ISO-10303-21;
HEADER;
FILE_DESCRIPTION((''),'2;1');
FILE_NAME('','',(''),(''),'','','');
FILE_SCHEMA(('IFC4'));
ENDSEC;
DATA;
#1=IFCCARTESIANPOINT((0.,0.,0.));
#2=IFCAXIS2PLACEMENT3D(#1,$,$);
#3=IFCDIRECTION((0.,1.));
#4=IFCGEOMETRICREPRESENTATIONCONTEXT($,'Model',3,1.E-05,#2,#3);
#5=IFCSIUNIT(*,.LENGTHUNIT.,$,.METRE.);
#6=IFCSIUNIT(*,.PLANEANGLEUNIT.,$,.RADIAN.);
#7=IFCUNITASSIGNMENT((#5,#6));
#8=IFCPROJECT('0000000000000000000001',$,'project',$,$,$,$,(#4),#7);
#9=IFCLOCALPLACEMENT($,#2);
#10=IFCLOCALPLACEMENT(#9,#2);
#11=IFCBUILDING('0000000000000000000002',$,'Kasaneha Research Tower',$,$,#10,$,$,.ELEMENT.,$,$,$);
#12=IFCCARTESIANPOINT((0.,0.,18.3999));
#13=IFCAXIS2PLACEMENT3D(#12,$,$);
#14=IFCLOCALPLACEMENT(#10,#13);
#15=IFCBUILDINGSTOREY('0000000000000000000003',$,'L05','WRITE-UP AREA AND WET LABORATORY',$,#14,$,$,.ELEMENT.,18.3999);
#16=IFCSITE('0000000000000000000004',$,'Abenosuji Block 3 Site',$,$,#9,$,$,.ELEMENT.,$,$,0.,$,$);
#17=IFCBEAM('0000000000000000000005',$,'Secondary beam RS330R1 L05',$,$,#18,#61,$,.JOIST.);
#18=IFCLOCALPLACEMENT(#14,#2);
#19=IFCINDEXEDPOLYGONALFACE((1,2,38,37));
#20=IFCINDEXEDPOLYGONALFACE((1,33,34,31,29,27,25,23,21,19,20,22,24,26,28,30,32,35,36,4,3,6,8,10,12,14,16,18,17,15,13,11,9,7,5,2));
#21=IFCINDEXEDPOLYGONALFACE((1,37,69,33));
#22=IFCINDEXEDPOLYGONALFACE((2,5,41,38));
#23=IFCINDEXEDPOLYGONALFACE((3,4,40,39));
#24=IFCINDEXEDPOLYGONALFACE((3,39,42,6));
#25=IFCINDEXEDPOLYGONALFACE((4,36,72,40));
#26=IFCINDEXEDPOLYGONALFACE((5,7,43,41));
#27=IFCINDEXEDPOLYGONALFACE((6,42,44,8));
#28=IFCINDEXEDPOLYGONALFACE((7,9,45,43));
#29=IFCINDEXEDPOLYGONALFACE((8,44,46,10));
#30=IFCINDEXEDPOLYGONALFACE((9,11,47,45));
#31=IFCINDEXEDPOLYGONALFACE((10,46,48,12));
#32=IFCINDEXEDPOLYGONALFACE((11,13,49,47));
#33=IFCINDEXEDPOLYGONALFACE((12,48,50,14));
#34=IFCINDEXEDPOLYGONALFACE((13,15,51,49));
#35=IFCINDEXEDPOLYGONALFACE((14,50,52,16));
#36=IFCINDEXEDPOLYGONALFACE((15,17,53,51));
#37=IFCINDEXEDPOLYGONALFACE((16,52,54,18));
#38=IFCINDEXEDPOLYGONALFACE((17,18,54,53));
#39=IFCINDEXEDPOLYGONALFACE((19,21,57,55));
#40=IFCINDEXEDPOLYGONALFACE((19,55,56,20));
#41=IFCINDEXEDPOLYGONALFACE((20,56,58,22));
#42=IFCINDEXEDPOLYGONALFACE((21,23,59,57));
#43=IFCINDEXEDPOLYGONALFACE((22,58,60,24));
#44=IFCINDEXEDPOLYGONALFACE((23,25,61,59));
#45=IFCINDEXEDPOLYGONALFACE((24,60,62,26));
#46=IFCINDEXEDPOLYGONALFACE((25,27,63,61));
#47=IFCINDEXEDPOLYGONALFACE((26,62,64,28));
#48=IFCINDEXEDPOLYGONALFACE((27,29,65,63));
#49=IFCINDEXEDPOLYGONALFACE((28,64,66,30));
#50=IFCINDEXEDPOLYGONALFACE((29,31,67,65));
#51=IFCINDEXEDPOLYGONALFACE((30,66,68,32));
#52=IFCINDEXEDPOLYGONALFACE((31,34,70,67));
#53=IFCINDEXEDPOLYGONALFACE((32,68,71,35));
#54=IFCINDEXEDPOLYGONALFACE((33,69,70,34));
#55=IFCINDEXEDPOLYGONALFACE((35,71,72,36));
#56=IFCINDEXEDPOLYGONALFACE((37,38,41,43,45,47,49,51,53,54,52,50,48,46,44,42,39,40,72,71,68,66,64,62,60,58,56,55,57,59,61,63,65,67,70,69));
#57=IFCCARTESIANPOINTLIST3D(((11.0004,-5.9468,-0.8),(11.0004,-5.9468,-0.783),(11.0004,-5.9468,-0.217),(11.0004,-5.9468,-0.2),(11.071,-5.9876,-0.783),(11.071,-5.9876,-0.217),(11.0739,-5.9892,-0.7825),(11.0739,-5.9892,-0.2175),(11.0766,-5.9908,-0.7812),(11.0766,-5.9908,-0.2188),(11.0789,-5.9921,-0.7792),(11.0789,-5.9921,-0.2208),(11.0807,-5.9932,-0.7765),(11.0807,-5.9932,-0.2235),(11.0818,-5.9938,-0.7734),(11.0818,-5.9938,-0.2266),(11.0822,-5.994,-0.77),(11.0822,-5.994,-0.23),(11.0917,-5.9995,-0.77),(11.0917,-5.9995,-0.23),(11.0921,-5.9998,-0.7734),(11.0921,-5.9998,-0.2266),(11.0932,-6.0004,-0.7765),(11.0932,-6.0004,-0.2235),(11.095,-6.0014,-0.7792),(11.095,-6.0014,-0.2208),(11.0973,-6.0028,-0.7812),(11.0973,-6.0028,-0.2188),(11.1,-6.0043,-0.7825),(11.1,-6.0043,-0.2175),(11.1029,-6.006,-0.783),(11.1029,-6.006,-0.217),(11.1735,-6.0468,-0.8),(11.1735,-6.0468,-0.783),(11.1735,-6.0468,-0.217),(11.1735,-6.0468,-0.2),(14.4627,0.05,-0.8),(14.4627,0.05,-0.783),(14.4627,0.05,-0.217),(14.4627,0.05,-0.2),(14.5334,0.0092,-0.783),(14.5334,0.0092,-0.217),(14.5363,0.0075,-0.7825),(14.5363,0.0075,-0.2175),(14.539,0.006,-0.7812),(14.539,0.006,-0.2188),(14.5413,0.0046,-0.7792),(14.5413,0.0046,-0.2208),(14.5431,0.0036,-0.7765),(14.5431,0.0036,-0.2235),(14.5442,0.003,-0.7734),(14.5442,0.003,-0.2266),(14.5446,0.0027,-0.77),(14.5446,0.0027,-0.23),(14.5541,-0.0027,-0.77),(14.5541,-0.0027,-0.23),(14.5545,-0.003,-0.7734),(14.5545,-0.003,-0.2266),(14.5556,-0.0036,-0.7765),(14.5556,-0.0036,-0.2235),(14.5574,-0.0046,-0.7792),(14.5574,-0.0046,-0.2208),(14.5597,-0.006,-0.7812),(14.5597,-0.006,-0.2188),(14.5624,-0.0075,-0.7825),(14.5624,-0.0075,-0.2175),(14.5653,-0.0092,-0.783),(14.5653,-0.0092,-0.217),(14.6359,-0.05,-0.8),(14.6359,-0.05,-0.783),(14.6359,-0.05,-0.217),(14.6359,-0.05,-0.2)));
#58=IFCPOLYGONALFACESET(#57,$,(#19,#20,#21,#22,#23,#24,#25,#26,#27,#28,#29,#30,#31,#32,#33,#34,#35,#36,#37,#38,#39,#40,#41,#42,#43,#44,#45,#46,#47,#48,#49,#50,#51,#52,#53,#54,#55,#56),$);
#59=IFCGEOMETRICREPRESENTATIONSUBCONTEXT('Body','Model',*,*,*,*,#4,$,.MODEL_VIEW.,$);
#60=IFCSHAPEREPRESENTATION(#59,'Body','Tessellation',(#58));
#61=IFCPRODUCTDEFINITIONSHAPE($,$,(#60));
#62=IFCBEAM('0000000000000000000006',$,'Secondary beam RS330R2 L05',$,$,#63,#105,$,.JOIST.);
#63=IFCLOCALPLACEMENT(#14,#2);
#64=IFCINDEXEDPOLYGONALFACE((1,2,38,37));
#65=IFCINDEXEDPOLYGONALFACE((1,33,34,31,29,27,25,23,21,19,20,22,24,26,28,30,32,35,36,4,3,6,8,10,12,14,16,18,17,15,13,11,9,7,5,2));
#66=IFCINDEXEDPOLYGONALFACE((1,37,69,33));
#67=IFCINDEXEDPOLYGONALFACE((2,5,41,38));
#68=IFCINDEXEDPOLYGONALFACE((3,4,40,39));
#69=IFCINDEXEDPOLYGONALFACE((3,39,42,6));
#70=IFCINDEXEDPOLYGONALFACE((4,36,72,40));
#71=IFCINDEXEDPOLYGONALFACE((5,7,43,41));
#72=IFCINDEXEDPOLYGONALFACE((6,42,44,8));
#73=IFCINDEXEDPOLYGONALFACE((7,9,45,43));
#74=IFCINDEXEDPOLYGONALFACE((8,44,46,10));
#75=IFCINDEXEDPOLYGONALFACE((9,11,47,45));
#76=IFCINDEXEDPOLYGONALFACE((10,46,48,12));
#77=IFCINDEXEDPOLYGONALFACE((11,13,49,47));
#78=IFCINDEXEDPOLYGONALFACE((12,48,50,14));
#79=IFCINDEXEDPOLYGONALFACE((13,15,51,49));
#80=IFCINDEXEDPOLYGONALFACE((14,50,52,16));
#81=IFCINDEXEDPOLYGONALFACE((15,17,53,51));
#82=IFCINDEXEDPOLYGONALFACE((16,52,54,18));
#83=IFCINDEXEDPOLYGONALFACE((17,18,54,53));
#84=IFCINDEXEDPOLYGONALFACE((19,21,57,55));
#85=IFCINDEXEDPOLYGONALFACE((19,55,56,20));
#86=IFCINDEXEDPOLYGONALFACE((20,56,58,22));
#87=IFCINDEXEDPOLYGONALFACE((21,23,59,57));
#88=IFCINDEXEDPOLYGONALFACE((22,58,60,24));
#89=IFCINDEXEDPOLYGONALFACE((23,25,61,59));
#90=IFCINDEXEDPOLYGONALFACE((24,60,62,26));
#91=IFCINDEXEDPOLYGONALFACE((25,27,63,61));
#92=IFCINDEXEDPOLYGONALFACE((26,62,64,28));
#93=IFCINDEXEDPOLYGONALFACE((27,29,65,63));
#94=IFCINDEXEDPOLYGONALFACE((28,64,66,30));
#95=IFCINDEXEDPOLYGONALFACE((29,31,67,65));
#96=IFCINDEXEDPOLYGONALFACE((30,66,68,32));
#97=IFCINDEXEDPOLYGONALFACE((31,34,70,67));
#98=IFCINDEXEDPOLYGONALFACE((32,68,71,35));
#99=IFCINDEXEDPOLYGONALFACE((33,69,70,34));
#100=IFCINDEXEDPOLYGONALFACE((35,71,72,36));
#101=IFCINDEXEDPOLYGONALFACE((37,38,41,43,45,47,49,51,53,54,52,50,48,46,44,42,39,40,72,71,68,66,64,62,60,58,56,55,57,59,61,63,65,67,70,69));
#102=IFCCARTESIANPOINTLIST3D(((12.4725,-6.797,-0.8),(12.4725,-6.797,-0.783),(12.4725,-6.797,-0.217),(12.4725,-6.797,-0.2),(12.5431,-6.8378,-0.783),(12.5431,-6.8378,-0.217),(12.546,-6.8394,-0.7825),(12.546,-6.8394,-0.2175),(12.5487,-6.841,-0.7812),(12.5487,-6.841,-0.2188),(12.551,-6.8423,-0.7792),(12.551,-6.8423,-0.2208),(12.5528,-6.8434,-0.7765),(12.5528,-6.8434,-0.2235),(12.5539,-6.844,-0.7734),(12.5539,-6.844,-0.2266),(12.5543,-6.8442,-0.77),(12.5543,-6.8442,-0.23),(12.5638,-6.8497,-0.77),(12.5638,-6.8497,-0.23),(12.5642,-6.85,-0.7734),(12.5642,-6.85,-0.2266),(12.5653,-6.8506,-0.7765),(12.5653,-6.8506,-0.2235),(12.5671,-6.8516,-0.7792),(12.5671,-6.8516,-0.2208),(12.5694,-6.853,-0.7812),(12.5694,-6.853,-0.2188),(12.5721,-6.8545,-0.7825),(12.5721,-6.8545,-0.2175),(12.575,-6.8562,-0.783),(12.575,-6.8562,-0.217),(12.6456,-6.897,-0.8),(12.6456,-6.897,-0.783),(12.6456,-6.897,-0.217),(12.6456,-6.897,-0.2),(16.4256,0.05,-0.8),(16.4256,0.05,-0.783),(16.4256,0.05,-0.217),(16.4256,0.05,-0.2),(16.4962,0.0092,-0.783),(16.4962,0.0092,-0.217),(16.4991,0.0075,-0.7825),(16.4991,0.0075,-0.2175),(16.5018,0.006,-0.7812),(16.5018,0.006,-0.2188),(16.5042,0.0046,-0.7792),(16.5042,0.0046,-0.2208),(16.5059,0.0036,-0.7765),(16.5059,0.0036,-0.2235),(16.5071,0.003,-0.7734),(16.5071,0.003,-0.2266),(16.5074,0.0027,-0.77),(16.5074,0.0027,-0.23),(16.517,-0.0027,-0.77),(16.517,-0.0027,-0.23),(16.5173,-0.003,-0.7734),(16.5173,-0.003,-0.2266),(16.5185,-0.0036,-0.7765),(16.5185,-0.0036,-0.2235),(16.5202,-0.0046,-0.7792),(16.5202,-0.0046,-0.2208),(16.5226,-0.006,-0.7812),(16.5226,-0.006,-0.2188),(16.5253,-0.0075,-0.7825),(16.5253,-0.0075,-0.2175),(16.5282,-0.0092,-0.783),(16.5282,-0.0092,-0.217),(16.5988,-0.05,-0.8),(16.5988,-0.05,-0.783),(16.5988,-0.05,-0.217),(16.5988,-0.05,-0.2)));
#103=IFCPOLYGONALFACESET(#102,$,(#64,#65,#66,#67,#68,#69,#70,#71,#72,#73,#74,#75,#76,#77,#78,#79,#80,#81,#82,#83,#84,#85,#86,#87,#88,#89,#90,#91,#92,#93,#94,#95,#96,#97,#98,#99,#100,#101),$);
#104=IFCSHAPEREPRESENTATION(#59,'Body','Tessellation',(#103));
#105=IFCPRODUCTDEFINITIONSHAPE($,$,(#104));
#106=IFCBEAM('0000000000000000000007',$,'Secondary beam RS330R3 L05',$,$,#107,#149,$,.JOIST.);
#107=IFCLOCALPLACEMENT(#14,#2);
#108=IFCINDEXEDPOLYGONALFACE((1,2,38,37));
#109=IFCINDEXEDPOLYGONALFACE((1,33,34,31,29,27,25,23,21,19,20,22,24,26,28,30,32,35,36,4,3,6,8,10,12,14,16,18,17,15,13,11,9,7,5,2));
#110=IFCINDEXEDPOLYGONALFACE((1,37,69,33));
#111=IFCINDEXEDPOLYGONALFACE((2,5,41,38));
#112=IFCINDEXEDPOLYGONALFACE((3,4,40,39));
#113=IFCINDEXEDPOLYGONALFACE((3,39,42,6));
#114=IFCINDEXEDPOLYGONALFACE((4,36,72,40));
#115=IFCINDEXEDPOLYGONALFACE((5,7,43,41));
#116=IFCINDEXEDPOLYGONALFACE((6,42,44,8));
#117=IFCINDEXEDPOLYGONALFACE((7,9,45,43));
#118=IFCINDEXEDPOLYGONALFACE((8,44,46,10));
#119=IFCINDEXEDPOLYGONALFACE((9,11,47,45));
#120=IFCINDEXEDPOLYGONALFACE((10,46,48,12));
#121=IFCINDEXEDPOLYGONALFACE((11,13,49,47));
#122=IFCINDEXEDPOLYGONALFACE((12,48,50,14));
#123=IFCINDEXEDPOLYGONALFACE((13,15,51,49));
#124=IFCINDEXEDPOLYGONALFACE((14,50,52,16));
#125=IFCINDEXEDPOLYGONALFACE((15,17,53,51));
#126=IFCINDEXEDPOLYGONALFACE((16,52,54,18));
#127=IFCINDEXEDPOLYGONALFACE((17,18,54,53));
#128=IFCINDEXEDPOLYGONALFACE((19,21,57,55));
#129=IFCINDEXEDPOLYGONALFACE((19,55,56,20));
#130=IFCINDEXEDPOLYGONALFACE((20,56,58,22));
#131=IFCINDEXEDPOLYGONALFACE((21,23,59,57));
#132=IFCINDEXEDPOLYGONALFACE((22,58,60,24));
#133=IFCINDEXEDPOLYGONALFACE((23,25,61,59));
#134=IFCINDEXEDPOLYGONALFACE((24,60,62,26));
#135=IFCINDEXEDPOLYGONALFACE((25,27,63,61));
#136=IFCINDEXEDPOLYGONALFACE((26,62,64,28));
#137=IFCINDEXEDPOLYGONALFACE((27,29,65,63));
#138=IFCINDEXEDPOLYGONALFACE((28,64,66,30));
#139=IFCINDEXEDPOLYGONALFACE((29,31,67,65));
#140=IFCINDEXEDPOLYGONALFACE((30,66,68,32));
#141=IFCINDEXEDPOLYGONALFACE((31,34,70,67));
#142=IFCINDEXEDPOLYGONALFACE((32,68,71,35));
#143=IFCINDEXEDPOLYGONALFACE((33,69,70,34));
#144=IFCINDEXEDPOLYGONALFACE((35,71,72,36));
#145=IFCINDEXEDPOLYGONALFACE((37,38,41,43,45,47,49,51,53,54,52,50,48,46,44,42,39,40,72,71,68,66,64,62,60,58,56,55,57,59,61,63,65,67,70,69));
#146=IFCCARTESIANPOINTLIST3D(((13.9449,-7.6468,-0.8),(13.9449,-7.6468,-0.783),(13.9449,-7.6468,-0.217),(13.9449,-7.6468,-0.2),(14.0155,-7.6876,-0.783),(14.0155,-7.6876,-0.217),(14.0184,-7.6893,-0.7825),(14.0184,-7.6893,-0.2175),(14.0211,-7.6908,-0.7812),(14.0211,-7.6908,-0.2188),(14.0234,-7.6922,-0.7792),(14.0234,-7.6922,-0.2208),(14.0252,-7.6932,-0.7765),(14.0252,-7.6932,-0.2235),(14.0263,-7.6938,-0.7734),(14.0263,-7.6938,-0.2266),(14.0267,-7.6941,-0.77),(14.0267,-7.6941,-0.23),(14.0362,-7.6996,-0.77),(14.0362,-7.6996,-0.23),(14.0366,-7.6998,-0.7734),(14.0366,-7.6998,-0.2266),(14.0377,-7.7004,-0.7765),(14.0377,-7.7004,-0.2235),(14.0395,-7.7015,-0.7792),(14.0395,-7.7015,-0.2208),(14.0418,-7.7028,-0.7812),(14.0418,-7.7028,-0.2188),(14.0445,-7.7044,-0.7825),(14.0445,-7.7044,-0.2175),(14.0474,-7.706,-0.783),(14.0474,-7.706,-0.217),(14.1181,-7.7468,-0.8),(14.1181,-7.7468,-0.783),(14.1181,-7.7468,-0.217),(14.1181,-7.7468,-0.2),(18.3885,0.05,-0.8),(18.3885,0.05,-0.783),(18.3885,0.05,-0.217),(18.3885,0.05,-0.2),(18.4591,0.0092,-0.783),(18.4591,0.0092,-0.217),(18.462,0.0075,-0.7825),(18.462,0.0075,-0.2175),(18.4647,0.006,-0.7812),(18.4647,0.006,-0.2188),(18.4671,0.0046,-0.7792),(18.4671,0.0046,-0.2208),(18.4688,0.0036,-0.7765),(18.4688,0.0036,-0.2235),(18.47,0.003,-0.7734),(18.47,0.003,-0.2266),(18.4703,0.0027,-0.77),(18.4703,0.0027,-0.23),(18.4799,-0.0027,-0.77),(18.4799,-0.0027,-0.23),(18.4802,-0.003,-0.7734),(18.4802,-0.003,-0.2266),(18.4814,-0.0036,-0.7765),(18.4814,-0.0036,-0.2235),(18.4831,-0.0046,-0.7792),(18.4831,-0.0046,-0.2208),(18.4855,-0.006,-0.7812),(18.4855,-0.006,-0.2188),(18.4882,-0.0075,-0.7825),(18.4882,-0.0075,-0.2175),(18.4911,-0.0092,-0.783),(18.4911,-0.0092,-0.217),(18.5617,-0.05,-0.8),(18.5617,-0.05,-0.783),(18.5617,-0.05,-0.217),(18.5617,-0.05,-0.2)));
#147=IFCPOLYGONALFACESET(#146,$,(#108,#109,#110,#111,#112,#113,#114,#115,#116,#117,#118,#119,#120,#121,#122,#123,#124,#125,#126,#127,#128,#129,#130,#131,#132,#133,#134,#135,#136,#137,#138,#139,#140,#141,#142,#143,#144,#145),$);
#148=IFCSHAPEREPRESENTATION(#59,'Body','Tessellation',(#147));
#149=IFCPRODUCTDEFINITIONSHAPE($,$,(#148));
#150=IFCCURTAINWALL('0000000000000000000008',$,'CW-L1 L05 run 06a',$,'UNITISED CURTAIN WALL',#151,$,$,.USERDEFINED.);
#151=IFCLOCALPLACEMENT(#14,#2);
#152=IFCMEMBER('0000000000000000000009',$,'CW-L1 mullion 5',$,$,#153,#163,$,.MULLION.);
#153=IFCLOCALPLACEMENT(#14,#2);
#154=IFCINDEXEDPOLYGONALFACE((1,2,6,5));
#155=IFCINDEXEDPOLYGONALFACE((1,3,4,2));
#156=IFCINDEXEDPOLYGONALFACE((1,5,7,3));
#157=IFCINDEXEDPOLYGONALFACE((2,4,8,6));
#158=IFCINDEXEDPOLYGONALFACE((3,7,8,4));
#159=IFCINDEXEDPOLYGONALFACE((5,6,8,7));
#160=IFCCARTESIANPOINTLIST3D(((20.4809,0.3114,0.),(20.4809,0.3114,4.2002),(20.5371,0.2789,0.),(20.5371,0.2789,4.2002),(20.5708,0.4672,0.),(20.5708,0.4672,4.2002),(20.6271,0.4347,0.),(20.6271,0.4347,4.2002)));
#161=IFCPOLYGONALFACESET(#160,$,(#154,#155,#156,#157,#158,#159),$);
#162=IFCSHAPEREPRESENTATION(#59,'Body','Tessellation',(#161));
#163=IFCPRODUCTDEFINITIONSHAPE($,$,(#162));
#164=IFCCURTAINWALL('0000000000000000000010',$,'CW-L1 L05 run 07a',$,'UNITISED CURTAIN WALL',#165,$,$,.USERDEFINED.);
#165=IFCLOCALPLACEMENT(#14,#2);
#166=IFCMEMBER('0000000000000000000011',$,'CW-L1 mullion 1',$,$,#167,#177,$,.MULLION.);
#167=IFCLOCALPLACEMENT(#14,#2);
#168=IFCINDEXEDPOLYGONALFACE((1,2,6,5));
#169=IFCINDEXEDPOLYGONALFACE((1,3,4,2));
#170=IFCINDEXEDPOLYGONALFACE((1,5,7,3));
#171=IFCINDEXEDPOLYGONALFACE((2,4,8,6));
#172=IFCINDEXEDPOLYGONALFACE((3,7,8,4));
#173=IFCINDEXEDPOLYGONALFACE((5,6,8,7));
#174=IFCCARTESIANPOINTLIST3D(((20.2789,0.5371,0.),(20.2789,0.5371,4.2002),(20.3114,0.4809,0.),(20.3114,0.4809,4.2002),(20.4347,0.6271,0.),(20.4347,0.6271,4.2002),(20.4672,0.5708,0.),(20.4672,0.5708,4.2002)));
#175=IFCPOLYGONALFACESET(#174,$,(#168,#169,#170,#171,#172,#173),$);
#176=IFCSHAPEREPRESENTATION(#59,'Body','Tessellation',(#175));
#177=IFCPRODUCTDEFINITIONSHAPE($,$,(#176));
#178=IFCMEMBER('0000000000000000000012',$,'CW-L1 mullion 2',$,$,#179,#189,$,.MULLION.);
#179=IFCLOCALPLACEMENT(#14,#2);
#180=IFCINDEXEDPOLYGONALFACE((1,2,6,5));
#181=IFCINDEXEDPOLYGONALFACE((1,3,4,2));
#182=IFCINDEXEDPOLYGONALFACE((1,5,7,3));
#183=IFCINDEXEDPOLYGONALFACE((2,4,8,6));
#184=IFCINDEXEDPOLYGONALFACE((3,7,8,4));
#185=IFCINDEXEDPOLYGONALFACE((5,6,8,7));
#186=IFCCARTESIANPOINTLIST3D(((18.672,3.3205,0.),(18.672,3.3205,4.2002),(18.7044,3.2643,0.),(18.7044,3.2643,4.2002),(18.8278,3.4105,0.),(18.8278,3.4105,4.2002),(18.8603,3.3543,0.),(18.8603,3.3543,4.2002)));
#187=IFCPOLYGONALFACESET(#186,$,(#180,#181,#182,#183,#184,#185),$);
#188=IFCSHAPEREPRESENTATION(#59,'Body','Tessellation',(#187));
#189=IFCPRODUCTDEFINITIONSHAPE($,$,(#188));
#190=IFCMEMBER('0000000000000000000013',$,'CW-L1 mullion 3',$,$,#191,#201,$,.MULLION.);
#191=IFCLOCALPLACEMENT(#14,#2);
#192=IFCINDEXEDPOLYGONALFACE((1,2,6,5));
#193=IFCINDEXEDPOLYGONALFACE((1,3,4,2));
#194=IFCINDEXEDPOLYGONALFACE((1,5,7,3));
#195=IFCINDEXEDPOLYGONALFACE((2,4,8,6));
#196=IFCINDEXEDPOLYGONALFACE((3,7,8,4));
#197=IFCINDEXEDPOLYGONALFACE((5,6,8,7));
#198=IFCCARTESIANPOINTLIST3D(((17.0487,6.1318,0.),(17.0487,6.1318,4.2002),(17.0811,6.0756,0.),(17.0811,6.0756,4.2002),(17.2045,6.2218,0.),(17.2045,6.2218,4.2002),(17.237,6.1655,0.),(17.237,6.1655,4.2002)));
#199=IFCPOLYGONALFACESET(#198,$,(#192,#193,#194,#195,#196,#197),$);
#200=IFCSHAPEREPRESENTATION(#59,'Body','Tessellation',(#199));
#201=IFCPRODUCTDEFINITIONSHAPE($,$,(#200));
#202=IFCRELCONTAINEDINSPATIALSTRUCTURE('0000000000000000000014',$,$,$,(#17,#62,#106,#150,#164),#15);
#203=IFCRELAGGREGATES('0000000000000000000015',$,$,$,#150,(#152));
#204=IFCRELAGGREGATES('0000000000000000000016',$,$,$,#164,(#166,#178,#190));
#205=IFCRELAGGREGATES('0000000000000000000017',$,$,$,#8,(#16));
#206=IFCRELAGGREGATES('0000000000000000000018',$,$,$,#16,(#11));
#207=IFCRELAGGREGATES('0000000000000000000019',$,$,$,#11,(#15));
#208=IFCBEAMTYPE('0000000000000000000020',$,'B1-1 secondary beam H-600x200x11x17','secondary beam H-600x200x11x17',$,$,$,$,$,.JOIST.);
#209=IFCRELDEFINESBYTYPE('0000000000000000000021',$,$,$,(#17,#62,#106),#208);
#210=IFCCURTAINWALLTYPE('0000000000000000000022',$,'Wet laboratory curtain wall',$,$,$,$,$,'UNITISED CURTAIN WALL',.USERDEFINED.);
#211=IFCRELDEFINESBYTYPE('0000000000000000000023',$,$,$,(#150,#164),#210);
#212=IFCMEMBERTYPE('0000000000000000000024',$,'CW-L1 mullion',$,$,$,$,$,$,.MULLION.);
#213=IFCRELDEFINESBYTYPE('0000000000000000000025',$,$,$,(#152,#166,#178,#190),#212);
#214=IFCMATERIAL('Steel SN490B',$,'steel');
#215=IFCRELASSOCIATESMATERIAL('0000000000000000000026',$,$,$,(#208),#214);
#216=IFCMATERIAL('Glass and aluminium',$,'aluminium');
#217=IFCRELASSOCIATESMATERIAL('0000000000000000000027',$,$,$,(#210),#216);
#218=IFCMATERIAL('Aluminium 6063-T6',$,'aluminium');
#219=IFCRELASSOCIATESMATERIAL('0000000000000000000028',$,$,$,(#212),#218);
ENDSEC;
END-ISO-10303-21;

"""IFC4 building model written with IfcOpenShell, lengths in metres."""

from ifc_helpers import new_model, si_unit, direction, frame, origin, origin_2d, place, context, subcontext, project, spatial, rectangle, i_section, extrude, material, material_profile, profile_set, type_object, element, aggregate, save


model = new_model("IFC4")

# Units and contexts
model_context = context("Model", 3, precision=1e-05, world=origin(), true_north=direction((0.0, 1.0)))
body_context = subcontext(model_context, "Body", "Model", "MODEL_VIEW")
ifc_project = project(units=[si_unit("LENGTHUNIT", "METRE"), si_unit("PLANEANGLEUNIT", "RADIAN")], contexts=[model_context])

# Site, building, storey
site_placement = place(None, origin())
site = spatial("IfcSite", under=ifc_project, at=site_placement, Name="Abenosuji Block 3 Site", CompositionType="ELEMENT", RefElevation=0.0)
building_placement = place(site_placement, origin())
building = spatial("IfcBuilding", under=site, at=building_placement, Name="Kasaneha Research Tower", CompositionType="ELEMENT")
storey_placement = place(building_placement, frame((0.0, 0.0, 18.3999)))
storey = spatial("IfcBuildingStorey", under=building, at=storey_placement, Name="L05", Description="WRITE-UP AREA AND WET LABORATORY", CompositionType="ELEMENT", Elevation=18.3999)

# Beams
ifc_material_1 = material(Name="Steel SN490B", Category="steel")
ifc_material_profile_1 = material_profile(ifc_material_1, i_section(OverallWidth=0.2, OverallDepth=0.6001, WebThickness=0.011, FlangeThickness=0.0171, FilletRadius=0.0129, at=origin_2d()), Name="H-600x200x11x17")
ifc_profile_set_1 = profile_set([ifc_material_profile_1], Name="Steel SN490B")
beam_type_1 = type_object("IfcBeamType", Name="B1-1 secondary beam H-600x200x11x17", Description="secondary beam H-600x200x11x17", PredefinedType="JOIST", material=ifc_profile_set_1)
beam_1_placement = place(storey_placement, frame((14.5493, 0.0, -0.5), z_axis=(-0.500014, -0.866017, 0.0), x_axis=(0.866017, -0.500014, 0.0)))
element("IfcBeam", 1, at=beam_1_placement, inside=storey, type_object=beam_type_1, Name="Secondary beam RS330R1 L05", PredefinedType="JOIST", context=body_context, shape_type="SweptSolid", body=[
    extrude(i_section(OverallWidth=0.2, OverallDepth=0.6001, WebThickness=0.011, FlangeThickness=0.0171, FilletRadius=0.0129, at=origin_2d()), origin(), (0.0, 0.0, 1.0), 6.9246),
])
beam_2_placement = place(storey_placement, frame((16.5122, 0.0, -0.5), z_axis=(-0.500005, -0.866023, 0.0), x_axis=(0.866023, -0.500005, 0.0)))
element("IfcBeam", 2, at=beam_2_placement, inside=storey, type_object=beam_type_1, Name="Secondary beam RS330R2 L05", PredefinedType="JOIST", context=body_context, shape_type="SweptSolid", body=[
    extrude(i_section(OverallWidth=0.2, OverallDepth=0.6001, WebThickness=0.011, FlangeThickness=0.0171, FilletRadius=0.0129, at=origin_2d()), origin(), (0.0, 0.0, 1.0), 7.9062),
])
beam_3_placement = place(storey_placement, frame((18.4751, 0.0, -0.5), z_axis=(-0.499989, -0.866032, 0.0), x_axis=(0.866032, -0.499989, 0.0)))
element("IfcBeam", 3, at=beam_3_placement, inside=storey, type_object=beam_type_1, Name="Secondary beam RS330R3 L05", PredefinedType="JOIST", context=body_context, shape_type="SweptSolid", body=[
    extrude(i_section(OverallWidth=0.2, OverallDepth=0.6001, WebThickness=0.011, FlangeThickness=0.0171, FilletRadius=0.0129, at=origin_2d()), origin(), (0.0, 0.0, 1.0), 8.8875),
])

# Curtain wall, member
ifc_material_2 = material(Name="Glass and aluminium", Category="aluminium")
curtain_wall_type = type_object("IfcCurtainWallType", Name="Wet laboratory curtain wall", ElementType="UNITISED CURTAIN WALL", PredefinedType="USERDEFINED", material=ifc_material_2)
curtain_wall_1_placement = place(storey_placement, origin())
curtain_wall_1 = element("IfcCurtainWall", 4, at=curtain_wall_1_placement, inside=storey, type_object=curtain_wall_type, Name="CW-L1 L05 run 06a", ObjectType="UNITISED CURTAIN WALL", PredefinedType="USERDEFINED")
ifc_material_3 = material(Name="Aluminium 6063-T6", Category="aluminium")
ifc_material_profile_2 = material_profile(ifc_material_3, rectangle(XDim=0.0649, YDim=0.1799, at=origin_2d()), Name="CW-L1 mullion 65x180")
ifc_profile_set_2 = profile_set([ifc_material_profile_2], Name="Aluminium 6063-T6")
member_type_1 = type_object("IfcMemberType", Name="CW-L1 mullion", PredefinedType="MULLION", material=ifc_profile_set_2)
member_1_placement = place(storey_placement, frame((20.554, 0.373, 0.0), z_axis=(0.0, 0.0, 1.0), x_axis=(-0.866025, 0.5, 0.0)))
member_1 = element("IfcMember", 5, at=member_1_placement, type_object=member_type_1, Name="CW-L1 mullion 5", PredefinedType="MULLION", context=body_context, shape_type="SweptSolid", body=[
    extrude(rectangle(XDim=0.0649, YDim=0.1799, at=origin_2d()), origin(), (0.0, 0.0, 1.0), 4.2002),
])
aggregate(curtain_wall_1, [member_1])

# Curtain wall, members
curtain_wall_2_placement = place(storey_placement, origin())
curtain_wall_2 = element("IfcCurtainWall", 6, at=curtain_wall_2_placement, inside=storey, type_object=curtain_wall_type, Name="CW-L1 L05 run 07a", ObjectType="UNITISED CURTAIN WALL", PredefinedType="USERDEFINED")
member_2_placement = place(storey_placement, frame((20.373, 0.554, 0.0), z_axis=(0.0, 0.0, 1.0), x_axis=(-0.5, 0.866025, 0.0)))
member_2 = element("IfcMember", 7, at=member_2_placement, type_object=member_type_1, Name="CW-L1 mullion 1", PredefinedType="MULLION", context=body_context, shape_type="SweptSolid", body=[
    extrude(rectangle(XDim=0.0649, YDim=0.1799, at=origin_2d()), origin(), (0.0, 0.0, 1.0), 4.2002),
])
member_3_placement = place(storey_placement, frame((18.7661, 3.3374, 0.0), z_axis=(0.0, 0.0, 1.0), x_axis=(-0.5, 0.866025, 0.0)))
member_3 = element("IfcMember", 8, at=member_3_placement, type_object=member_type_1, Name="CW-L1 mullion 2", PredefinedType="MULLION", context=body_context, shape_type="SweptSolid", body=[
    extrude(rectangle(XDim=0.0649, YDim=0.1799, at=origin_2d()), origin(), (0.0, 0.0, 1.0), 4.2002),
])
member_4_placement = place(storey_placement, frame((17.1428, 6.1487, 0.0), z_axis=(0.0, 0.0, 1.0), x_axis=(-0.5, 0.866025, 0.0)))
member_4 = element("IfcMember", 9, at=member_4_placement, type_object=member_type_1, Name="CW-L1 mullion 3", PredefinedType="MULLION", context=body_context, shape_type="SweptSolid", body=[
    extrude(rectangle(XDim=0.0649, YDim=0.1799, at=origin_2d()), origin(), (0.0, 0.0, 1.0), 4.2002),
])

aggregate(curtain_wall_2, [member_2, member_3, member_4])

save(model, "model.ifc")
